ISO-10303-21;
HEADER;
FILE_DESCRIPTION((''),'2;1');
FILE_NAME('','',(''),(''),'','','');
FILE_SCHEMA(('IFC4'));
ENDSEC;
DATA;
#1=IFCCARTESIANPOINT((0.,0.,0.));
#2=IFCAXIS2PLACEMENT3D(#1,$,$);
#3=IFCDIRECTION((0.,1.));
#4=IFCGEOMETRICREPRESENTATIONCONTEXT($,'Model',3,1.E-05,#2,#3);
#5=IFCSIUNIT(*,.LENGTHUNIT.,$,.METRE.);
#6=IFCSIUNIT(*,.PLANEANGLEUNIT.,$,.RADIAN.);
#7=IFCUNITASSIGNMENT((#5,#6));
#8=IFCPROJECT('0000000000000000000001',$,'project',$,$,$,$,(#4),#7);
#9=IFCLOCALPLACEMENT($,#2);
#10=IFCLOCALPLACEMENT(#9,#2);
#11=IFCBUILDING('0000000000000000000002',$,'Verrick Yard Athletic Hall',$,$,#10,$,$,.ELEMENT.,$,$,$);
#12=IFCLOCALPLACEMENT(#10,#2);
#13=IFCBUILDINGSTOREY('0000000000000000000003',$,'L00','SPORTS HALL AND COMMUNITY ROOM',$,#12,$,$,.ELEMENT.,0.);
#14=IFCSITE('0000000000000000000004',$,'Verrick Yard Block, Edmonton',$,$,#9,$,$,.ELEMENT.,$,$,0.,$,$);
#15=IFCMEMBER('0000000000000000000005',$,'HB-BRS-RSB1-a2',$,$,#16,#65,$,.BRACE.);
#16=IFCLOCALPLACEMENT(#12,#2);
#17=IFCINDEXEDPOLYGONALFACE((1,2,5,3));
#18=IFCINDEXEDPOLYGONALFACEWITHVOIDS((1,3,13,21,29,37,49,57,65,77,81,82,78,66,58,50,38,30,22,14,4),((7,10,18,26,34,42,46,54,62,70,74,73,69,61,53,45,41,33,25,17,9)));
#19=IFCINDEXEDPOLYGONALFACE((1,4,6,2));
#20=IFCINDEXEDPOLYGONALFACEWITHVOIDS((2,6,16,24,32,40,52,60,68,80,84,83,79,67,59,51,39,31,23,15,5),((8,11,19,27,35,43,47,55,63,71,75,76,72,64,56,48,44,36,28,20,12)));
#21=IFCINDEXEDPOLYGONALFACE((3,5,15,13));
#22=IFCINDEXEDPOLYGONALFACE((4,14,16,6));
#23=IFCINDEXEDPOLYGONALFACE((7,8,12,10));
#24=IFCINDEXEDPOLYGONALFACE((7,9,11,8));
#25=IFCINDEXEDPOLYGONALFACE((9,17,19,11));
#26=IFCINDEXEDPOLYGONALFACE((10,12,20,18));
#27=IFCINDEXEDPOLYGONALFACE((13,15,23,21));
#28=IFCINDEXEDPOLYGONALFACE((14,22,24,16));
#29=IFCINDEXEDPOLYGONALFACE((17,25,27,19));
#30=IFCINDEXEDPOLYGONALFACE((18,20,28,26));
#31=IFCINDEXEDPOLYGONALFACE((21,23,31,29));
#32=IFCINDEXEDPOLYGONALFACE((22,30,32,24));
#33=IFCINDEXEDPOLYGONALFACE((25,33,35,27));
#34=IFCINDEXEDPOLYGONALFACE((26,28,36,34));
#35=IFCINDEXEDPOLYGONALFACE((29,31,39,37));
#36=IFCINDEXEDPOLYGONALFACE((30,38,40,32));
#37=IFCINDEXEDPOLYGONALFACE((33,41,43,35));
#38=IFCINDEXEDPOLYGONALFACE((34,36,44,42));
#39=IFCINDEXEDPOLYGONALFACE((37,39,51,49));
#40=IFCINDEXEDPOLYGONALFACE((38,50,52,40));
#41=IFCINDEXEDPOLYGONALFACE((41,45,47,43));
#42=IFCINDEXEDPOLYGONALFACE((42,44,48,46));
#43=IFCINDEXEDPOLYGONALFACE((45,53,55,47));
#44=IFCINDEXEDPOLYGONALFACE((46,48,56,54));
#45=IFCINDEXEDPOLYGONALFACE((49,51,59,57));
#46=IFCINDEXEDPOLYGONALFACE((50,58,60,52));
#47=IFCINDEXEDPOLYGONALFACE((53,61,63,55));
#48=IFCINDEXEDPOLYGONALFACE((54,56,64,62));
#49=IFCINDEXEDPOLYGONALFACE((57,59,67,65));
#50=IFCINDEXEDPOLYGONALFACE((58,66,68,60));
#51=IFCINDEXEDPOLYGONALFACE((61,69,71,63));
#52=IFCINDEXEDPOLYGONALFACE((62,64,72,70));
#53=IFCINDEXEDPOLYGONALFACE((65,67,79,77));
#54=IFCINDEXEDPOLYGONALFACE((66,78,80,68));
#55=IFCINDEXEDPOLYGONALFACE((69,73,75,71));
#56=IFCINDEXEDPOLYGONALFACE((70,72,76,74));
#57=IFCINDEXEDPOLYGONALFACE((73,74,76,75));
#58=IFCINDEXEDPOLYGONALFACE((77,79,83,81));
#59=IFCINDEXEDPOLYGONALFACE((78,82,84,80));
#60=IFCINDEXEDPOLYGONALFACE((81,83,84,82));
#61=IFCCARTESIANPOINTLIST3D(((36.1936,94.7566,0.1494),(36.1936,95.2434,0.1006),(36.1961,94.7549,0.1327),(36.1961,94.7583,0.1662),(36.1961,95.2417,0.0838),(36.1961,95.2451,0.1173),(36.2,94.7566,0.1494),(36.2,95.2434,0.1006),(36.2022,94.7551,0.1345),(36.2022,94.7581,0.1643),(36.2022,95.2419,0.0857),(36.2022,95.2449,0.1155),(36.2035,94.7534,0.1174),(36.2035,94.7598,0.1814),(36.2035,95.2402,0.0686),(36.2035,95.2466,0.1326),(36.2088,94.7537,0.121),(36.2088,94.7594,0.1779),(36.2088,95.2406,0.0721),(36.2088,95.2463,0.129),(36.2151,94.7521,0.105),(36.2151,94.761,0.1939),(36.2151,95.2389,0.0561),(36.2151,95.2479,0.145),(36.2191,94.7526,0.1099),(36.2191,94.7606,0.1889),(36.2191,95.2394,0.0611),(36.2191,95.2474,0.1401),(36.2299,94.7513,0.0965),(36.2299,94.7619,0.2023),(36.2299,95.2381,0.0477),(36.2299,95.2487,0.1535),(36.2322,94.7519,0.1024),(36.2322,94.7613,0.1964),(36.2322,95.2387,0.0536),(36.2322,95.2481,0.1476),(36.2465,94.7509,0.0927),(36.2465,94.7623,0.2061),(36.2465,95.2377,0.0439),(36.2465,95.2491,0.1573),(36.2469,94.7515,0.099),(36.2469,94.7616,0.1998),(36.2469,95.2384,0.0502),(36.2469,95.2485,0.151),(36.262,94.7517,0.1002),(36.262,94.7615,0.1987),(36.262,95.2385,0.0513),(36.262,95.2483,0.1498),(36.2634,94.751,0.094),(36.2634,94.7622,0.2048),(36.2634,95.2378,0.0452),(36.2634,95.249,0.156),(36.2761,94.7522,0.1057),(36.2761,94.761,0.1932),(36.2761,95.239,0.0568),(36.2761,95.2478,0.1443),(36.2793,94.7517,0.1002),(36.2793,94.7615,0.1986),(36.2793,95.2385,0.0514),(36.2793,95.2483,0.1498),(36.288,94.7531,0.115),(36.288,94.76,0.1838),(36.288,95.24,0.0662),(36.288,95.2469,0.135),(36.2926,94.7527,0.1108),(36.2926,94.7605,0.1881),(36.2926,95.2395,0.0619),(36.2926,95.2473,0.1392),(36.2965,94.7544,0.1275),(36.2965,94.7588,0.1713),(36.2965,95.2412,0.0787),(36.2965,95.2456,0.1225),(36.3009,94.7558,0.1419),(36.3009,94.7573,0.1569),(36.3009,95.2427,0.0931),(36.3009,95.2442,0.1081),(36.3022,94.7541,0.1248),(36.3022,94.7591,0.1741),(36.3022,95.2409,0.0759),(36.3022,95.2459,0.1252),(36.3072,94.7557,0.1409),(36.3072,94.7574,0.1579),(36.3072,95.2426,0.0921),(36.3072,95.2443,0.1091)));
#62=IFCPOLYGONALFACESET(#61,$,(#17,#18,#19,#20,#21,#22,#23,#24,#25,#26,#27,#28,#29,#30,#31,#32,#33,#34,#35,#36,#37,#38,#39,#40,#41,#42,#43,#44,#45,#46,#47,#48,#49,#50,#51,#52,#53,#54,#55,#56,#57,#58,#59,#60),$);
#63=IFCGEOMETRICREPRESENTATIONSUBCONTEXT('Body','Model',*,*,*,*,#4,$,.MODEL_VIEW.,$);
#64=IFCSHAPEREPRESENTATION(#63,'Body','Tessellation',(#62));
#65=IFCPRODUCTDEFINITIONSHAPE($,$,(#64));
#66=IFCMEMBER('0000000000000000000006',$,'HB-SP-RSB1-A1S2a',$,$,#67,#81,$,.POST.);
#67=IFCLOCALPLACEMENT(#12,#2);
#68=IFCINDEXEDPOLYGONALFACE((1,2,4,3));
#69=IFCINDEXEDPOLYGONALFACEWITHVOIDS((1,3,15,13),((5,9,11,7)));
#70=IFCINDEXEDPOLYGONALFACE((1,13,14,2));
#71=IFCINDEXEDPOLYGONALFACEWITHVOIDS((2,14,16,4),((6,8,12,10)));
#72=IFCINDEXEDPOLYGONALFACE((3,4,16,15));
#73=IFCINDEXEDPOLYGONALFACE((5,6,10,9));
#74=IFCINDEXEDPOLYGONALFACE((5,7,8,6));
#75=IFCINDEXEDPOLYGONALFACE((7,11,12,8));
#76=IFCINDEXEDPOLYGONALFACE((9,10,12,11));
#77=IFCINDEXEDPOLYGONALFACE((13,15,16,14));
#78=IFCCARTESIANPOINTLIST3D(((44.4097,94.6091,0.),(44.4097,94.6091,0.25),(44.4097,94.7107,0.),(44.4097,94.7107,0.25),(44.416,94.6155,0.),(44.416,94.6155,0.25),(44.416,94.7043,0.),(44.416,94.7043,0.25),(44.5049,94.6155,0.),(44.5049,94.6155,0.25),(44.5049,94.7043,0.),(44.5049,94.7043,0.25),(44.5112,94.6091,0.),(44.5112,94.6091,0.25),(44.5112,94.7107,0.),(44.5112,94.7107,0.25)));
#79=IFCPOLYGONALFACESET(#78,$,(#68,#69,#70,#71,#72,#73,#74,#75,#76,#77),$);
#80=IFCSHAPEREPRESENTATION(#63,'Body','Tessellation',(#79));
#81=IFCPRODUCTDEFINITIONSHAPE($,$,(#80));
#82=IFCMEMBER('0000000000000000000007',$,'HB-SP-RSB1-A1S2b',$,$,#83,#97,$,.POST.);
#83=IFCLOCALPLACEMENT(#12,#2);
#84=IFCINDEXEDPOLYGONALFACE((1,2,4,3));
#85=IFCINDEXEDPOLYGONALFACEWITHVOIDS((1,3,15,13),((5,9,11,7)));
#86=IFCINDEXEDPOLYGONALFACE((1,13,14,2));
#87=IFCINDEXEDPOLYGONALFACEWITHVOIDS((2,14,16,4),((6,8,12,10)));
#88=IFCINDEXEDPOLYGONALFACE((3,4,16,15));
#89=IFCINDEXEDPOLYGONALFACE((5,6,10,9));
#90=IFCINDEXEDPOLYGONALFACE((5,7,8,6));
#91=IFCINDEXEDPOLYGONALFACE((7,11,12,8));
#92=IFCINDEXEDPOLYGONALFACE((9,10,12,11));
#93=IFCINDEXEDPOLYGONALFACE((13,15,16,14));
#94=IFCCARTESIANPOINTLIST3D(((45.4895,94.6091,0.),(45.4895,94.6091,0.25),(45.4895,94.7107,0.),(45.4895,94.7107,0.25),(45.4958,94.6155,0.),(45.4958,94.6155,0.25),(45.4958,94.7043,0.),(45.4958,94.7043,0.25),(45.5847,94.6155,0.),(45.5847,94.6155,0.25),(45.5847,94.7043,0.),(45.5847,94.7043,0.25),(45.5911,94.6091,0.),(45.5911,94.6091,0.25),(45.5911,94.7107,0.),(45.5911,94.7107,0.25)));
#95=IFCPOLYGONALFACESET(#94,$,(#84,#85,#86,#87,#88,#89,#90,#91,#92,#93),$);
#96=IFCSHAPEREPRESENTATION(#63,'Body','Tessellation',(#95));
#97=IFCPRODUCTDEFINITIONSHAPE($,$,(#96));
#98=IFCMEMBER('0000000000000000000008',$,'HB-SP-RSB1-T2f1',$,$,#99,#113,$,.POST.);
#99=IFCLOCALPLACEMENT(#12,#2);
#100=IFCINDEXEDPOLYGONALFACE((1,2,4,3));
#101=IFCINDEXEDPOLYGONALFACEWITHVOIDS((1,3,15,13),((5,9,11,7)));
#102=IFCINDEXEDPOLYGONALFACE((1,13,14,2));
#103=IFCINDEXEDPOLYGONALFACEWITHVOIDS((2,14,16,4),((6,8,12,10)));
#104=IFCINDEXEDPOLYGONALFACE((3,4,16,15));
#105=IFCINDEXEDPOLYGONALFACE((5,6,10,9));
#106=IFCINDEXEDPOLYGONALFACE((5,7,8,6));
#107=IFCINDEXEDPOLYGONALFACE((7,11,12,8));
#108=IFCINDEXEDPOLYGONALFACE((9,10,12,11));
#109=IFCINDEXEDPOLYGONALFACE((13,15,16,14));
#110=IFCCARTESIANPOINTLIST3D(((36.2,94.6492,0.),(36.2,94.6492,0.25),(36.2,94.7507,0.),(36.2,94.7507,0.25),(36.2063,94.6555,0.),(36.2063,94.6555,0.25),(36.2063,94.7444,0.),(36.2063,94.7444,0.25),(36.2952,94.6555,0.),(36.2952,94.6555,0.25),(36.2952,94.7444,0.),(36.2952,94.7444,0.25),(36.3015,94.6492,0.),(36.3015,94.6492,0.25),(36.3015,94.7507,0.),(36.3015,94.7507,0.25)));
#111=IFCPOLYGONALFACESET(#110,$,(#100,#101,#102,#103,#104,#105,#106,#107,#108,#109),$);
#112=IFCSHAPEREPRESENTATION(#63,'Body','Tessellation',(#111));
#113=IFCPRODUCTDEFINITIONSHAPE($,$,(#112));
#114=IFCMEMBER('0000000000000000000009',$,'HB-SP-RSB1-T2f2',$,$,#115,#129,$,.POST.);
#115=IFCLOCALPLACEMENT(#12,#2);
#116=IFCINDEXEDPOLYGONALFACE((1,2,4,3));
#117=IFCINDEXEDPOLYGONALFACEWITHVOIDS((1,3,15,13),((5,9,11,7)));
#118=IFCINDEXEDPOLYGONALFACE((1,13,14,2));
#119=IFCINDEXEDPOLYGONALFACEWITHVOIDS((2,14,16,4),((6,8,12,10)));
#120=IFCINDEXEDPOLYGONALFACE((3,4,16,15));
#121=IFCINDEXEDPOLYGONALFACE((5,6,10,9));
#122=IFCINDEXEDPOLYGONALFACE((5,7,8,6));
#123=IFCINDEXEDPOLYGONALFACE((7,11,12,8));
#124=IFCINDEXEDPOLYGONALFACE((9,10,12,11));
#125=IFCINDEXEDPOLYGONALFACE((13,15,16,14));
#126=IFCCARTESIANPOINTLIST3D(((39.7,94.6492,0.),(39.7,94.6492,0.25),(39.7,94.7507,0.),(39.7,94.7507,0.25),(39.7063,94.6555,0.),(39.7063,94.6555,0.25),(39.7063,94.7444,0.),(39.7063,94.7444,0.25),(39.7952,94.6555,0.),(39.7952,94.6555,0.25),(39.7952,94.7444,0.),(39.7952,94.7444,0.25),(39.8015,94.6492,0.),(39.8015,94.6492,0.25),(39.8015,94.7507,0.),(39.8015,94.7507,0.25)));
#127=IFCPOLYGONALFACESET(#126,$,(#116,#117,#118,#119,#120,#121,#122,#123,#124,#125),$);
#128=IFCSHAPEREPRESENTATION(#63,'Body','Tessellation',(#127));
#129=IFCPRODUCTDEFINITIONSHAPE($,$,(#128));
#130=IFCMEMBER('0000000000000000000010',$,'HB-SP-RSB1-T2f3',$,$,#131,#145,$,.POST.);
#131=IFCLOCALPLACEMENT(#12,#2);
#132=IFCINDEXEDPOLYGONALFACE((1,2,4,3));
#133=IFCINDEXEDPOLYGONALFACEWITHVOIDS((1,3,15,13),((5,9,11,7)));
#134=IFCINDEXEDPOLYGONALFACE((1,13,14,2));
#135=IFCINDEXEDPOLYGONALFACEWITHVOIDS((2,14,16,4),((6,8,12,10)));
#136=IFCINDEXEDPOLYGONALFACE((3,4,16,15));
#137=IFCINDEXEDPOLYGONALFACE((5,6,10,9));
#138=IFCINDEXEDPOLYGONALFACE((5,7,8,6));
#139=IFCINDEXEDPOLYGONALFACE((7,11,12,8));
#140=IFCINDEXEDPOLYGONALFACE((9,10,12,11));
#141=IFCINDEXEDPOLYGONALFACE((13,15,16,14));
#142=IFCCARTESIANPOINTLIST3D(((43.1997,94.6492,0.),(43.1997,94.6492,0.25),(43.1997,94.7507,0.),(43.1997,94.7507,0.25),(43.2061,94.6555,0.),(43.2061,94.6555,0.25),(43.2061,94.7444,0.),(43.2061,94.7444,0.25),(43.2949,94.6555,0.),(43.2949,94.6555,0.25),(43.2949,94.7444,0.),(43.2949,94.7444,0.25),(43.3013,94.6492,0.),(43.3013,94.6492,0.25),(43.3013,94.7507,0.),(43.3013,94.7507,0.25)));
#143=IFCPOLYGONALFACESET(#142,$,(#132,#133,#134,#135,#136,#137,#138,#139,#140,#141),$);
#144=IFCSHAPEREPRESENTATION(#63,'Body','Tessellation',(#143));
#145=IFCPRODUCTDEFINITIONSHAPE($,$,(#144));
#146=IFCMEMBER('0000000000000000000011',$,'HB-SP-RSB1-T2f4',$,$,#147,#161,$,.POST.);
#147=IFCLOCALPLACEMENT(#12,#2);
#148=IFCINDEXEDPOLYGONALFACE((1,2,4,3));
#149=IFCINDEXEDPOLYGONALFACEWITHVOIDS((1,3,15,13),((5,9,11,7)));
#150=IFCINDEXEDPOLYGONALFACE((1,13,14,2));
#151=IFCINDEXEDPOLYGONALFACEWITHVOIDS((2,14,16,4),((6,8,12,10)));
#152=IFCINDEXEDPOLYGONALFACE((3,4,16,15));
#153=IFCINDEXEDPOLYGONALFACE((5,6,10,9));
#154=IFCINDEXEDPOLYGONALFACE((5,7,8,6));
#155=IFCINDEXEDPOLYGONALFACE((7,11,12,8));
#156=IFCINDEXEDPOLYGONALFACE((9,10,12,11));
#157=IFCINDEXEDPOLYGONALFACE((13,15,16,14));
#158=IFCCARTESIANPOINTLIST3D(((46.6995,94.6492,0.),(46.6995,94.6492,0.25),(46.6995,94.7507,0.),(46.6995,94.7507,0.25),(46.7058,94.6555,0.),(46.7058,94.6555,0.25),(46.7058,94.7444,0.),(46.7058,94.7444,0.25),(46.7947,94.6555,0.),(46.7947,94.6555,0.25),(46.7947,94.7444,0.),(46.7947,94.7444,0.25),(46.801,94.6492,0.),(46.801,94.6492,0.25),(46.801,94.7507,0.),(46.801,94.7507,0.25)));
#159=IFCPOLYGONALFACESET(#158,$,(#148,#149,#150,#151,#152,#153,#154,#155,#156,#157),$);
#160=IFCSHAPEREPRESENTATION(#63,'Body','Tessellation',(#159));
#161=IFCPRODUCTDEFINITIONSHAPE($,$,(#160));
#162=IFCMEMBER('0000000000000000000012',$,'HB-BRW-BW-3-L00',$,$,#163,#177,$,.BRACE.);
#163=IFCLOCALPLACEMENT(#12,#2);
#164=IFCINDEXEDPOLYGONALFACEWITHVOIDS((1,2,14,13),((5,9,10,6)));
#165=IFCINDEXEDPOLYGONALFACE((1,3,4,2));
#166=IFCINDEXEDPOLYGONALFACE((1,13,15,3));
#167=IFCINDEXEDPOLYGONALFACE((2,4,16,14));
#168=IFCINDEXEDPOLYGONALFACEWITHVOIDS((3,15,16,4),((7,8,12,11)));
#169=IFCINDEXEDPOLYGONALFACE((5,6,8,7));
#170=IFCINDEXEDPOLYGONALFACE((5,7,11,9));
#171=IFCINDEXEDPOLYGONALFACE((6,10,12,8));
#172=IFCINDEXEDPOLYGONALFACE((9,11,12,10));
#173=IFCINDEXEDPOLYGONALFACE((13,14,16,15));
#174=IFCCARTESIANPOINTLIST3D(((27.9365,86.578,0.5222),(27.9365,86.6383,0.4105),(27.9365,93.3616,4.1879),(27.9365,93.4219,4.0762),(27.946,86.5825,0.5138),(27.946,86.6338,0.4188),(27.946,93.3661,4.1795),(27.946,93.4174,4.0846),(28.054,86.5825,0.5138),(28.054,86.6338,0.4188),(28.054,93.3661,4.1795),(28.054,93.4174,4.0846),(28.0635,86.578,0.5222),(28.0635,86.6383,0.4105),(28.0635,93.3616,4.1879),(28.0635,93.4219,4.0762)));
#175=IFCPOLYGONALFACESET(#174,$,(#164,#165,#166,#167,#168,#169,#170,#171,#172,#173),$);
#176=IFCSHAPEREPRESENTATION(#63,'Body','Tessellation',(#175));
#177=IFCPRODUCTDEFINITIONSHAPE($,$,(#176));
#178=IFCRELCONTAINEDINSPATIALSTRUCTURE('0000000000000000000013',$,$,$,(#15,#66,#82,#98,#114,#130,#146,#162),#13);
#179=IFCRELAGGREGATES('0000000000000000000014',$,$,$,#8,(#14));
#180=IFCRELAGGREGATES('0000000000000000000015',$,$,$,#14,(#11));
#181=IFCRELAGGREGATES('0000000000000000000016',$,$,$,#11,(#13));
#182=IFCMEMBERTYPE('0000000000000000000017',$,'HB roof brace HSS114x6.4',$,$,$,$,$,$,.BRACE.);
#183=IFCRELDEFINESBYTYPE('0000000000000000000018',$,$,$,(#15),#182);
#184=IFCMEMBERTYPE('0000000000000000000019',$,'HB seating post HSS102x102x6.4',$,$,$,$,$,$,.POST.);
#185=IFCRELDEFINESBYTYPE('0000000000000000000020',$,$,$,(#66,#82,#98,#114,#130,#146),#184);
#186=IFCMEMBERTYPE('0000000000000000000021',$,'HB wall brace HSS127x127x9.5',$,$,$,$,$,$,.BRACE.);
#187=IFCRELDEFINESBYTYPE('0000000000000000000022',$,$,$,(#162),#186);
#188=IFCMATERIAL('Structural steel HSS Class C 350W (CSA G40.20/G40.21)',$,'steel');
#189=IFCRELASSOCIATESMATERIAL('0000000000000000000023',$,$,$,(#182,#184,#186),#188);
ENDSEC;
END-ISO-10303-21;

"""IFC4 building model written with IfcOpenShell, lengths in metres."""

from ifc_helpers import new_model, si_unit, direction, frame, origin, origin_2d, place, context, subcontext, project, spatial, hollow_rectangle, hollow_circle, extrude, material, material_profile, profile_set, type_object, element, save


model = new_model("IFC4")

# Units and contexts
model_context = context("Model", 3, precision=1e-05, world=origin(), true_north=direction((0.0, 1.0)))
body_context = subcontext(model_context, "Body", "Model", "MODEL_VIEW")
ifc_project = project(units=[si_unit("LENGTHUNIT", "METRE"), si_unit("PLANEANGLEUNIT", "RADIAN")], contexts=[model_context])

# Site, building, storey
site_placement = place(None, origin())
site = spatial("IfcSite", under=ifc_project, at=site_placement, Name="Verrick Yard Block, Edmonton", CompositionType="ELEMENT", RefElevation=0.0)
building_placement = place(site_placement, origin())
building = spatial("IfcBuilding", under=site, at=building_placement, Name="Verrick Yard Athletic Hall", CompositionType="ELEMENT")
storey_placement = place(building_placement, origin())
storey = spatial("IfcBuildingStorey", under=building, at=storey_placement, Name="L00", Description="SPORTS HALL AND COMMUNITY ROOM", CompositionType="ELEMENT", Elevation=0.0)

# Members
ifc_material_1 = material(Name="Structural steel HSS Class C 350W (CSA G40.20/G40.21)", Category="steel")
ifc_material_profile_1 = material_profile(ifc_material_1, hollow_circle(Radius=0.0571, WallThickness=0.0063, at=origin_2d()), Name="HSS114x6.4")
ifc_profile_set_1 = profile_set([ifc_material_profile_1], Name="Structural steel HSS Class C 350W (CSA G40.20/G40.21)")
member_type_1 = type_object("IfcMemberType", Name="HB roof brace HSS114x6.4", PredefinedType="BRACE", material=ifc_profile_set_1)
member_1_placement = place(storey_placement, frame((36.2507, 94.7566, 0.1494), z_axis=(0.0, 0.995008, -0.0998), x_axis=(-1.0, 0.0, 0.0)))
element("IfcMember", 1, at=member_1_placement, inside=storey, type_object=member_type_1, Name="HB-BRS-RSB1-a2", PredefinedType="BRACE", context=body_context, shape_type="SweptSolid", body=[
    extrude(hollow_circle(Radius=0.0571, WallThickness=0.0063, at=origin_2d()), origin(), (0.0, 0.0, 1.0), 0.4893),
])
ifc_material_profile_2 = material_profile(ifc_material_1, hollow_rectangle(XDim=0.1016, YDim=0.1016, WallThickness=0.0063, at=origin_2d()), Name="HSS102x102x6.4")
ifc_profile_set_2 = profile_set([ifc_material_profile_2], Name="Structural steel HSS Class C 350W (CSA G40.20/G40.21)")
member_type_2 = type_object("IfcMemberType", Name="HB seating post HSS102x102x6.4", PredefinedType="POST", material=ifc_profile_set_2)
for number, where, z_axis, x_axis, name in (
    (2, (44.4604, 94.6599, 0.0), (0.0, 0.0, 1.0), (0.0, 1.0, 0.0), "HB-SP-RSB1-A1S2a"),
    (3, (45.5403, 94.6599, 0.0), (0.0, 0.0, 1.0), (0.0, 1.0, 0.0), "HB-SP-RSB1-A1S2b"),
    (4, (36.2507, 94.7, 0.0), (0.0, 0.0, 1.0), (0.0, 1.0, 0.0), "HB-SP-RSB1-T2f1"),
    (5, (39.7507, 94.7, 0.0), (0.0, 0.0, 1.0), (0.0, 1.0, 0.0), "HB-SP-RSB1-T2f2"),
    (6, (43.2505, 94.7, 0.0), (0.0, 0.0, 1.0), (0.0, 1.0, 0.0), "HB-SP-RSB1-T2f3"),
    (7, (46.7502, 94.7, 0.0), (0.0, 0.0, 1.0), (0.0, 1.0, 0.0), "HB-SP-RSB1-T2f4"),
):
    element("IfcMember", number, at=place(storey_placement, frame(where, z_axis=z_axis, x_axis=x_axis)), inside=storey, type_object=member_type_2, Name=name, PredefinedType="POST", context=body_context, shape_type="SweptSolid", body=[
        extrude(hollow_rectangle(XDim=0.1016, YDim=0.1016, WallThickness=0.0063, at=origin_2d()), origin(), (0.0, 0.0, 1.0), 0.25),
    ])
ifc_material_profile_3 = material_profile(ifc_material_1, hollow_rectangle(XDim=0.127, YDim=0.127, WallThickness=0.0095, at=origin_2d()), Name="HSS127x127x9.5")
ifc_profile_set_3 = profile_set([ifc_material_profile_3], Name="Structural steel HSS Class C 350W (CSA G40.20/G40.21)")
member_type_3 = type_object("IfcMemberType", Name="HB wall brace HSS127x127x9.5", PredefinedType="BRACE", material=ifc_profile_set_3)
member_2_placement = place(storey_placement, frame((28.0, 86.6082, 0.4663), z_axis=(0.0, 0.879766, 0.475408), x_axis=(-1.0, 0.0, 0.0)))
element("IfcMember", 8, at=member_2_placement, inside=storey, type_object=member_type_3, Name="HB-BRW-BW-3-L00", PredefinedType="BRACE", context=body_context, shape_type="SweptSolid", body=[
    extrude(hollow_rectangle(XDim=0.127, YDim=0.127, WallThickness=0.0095, at=origin_2d()), origin(), (0.0, 0.0, 1.0), 7.7107),
])

save(model, "model.ifc")
